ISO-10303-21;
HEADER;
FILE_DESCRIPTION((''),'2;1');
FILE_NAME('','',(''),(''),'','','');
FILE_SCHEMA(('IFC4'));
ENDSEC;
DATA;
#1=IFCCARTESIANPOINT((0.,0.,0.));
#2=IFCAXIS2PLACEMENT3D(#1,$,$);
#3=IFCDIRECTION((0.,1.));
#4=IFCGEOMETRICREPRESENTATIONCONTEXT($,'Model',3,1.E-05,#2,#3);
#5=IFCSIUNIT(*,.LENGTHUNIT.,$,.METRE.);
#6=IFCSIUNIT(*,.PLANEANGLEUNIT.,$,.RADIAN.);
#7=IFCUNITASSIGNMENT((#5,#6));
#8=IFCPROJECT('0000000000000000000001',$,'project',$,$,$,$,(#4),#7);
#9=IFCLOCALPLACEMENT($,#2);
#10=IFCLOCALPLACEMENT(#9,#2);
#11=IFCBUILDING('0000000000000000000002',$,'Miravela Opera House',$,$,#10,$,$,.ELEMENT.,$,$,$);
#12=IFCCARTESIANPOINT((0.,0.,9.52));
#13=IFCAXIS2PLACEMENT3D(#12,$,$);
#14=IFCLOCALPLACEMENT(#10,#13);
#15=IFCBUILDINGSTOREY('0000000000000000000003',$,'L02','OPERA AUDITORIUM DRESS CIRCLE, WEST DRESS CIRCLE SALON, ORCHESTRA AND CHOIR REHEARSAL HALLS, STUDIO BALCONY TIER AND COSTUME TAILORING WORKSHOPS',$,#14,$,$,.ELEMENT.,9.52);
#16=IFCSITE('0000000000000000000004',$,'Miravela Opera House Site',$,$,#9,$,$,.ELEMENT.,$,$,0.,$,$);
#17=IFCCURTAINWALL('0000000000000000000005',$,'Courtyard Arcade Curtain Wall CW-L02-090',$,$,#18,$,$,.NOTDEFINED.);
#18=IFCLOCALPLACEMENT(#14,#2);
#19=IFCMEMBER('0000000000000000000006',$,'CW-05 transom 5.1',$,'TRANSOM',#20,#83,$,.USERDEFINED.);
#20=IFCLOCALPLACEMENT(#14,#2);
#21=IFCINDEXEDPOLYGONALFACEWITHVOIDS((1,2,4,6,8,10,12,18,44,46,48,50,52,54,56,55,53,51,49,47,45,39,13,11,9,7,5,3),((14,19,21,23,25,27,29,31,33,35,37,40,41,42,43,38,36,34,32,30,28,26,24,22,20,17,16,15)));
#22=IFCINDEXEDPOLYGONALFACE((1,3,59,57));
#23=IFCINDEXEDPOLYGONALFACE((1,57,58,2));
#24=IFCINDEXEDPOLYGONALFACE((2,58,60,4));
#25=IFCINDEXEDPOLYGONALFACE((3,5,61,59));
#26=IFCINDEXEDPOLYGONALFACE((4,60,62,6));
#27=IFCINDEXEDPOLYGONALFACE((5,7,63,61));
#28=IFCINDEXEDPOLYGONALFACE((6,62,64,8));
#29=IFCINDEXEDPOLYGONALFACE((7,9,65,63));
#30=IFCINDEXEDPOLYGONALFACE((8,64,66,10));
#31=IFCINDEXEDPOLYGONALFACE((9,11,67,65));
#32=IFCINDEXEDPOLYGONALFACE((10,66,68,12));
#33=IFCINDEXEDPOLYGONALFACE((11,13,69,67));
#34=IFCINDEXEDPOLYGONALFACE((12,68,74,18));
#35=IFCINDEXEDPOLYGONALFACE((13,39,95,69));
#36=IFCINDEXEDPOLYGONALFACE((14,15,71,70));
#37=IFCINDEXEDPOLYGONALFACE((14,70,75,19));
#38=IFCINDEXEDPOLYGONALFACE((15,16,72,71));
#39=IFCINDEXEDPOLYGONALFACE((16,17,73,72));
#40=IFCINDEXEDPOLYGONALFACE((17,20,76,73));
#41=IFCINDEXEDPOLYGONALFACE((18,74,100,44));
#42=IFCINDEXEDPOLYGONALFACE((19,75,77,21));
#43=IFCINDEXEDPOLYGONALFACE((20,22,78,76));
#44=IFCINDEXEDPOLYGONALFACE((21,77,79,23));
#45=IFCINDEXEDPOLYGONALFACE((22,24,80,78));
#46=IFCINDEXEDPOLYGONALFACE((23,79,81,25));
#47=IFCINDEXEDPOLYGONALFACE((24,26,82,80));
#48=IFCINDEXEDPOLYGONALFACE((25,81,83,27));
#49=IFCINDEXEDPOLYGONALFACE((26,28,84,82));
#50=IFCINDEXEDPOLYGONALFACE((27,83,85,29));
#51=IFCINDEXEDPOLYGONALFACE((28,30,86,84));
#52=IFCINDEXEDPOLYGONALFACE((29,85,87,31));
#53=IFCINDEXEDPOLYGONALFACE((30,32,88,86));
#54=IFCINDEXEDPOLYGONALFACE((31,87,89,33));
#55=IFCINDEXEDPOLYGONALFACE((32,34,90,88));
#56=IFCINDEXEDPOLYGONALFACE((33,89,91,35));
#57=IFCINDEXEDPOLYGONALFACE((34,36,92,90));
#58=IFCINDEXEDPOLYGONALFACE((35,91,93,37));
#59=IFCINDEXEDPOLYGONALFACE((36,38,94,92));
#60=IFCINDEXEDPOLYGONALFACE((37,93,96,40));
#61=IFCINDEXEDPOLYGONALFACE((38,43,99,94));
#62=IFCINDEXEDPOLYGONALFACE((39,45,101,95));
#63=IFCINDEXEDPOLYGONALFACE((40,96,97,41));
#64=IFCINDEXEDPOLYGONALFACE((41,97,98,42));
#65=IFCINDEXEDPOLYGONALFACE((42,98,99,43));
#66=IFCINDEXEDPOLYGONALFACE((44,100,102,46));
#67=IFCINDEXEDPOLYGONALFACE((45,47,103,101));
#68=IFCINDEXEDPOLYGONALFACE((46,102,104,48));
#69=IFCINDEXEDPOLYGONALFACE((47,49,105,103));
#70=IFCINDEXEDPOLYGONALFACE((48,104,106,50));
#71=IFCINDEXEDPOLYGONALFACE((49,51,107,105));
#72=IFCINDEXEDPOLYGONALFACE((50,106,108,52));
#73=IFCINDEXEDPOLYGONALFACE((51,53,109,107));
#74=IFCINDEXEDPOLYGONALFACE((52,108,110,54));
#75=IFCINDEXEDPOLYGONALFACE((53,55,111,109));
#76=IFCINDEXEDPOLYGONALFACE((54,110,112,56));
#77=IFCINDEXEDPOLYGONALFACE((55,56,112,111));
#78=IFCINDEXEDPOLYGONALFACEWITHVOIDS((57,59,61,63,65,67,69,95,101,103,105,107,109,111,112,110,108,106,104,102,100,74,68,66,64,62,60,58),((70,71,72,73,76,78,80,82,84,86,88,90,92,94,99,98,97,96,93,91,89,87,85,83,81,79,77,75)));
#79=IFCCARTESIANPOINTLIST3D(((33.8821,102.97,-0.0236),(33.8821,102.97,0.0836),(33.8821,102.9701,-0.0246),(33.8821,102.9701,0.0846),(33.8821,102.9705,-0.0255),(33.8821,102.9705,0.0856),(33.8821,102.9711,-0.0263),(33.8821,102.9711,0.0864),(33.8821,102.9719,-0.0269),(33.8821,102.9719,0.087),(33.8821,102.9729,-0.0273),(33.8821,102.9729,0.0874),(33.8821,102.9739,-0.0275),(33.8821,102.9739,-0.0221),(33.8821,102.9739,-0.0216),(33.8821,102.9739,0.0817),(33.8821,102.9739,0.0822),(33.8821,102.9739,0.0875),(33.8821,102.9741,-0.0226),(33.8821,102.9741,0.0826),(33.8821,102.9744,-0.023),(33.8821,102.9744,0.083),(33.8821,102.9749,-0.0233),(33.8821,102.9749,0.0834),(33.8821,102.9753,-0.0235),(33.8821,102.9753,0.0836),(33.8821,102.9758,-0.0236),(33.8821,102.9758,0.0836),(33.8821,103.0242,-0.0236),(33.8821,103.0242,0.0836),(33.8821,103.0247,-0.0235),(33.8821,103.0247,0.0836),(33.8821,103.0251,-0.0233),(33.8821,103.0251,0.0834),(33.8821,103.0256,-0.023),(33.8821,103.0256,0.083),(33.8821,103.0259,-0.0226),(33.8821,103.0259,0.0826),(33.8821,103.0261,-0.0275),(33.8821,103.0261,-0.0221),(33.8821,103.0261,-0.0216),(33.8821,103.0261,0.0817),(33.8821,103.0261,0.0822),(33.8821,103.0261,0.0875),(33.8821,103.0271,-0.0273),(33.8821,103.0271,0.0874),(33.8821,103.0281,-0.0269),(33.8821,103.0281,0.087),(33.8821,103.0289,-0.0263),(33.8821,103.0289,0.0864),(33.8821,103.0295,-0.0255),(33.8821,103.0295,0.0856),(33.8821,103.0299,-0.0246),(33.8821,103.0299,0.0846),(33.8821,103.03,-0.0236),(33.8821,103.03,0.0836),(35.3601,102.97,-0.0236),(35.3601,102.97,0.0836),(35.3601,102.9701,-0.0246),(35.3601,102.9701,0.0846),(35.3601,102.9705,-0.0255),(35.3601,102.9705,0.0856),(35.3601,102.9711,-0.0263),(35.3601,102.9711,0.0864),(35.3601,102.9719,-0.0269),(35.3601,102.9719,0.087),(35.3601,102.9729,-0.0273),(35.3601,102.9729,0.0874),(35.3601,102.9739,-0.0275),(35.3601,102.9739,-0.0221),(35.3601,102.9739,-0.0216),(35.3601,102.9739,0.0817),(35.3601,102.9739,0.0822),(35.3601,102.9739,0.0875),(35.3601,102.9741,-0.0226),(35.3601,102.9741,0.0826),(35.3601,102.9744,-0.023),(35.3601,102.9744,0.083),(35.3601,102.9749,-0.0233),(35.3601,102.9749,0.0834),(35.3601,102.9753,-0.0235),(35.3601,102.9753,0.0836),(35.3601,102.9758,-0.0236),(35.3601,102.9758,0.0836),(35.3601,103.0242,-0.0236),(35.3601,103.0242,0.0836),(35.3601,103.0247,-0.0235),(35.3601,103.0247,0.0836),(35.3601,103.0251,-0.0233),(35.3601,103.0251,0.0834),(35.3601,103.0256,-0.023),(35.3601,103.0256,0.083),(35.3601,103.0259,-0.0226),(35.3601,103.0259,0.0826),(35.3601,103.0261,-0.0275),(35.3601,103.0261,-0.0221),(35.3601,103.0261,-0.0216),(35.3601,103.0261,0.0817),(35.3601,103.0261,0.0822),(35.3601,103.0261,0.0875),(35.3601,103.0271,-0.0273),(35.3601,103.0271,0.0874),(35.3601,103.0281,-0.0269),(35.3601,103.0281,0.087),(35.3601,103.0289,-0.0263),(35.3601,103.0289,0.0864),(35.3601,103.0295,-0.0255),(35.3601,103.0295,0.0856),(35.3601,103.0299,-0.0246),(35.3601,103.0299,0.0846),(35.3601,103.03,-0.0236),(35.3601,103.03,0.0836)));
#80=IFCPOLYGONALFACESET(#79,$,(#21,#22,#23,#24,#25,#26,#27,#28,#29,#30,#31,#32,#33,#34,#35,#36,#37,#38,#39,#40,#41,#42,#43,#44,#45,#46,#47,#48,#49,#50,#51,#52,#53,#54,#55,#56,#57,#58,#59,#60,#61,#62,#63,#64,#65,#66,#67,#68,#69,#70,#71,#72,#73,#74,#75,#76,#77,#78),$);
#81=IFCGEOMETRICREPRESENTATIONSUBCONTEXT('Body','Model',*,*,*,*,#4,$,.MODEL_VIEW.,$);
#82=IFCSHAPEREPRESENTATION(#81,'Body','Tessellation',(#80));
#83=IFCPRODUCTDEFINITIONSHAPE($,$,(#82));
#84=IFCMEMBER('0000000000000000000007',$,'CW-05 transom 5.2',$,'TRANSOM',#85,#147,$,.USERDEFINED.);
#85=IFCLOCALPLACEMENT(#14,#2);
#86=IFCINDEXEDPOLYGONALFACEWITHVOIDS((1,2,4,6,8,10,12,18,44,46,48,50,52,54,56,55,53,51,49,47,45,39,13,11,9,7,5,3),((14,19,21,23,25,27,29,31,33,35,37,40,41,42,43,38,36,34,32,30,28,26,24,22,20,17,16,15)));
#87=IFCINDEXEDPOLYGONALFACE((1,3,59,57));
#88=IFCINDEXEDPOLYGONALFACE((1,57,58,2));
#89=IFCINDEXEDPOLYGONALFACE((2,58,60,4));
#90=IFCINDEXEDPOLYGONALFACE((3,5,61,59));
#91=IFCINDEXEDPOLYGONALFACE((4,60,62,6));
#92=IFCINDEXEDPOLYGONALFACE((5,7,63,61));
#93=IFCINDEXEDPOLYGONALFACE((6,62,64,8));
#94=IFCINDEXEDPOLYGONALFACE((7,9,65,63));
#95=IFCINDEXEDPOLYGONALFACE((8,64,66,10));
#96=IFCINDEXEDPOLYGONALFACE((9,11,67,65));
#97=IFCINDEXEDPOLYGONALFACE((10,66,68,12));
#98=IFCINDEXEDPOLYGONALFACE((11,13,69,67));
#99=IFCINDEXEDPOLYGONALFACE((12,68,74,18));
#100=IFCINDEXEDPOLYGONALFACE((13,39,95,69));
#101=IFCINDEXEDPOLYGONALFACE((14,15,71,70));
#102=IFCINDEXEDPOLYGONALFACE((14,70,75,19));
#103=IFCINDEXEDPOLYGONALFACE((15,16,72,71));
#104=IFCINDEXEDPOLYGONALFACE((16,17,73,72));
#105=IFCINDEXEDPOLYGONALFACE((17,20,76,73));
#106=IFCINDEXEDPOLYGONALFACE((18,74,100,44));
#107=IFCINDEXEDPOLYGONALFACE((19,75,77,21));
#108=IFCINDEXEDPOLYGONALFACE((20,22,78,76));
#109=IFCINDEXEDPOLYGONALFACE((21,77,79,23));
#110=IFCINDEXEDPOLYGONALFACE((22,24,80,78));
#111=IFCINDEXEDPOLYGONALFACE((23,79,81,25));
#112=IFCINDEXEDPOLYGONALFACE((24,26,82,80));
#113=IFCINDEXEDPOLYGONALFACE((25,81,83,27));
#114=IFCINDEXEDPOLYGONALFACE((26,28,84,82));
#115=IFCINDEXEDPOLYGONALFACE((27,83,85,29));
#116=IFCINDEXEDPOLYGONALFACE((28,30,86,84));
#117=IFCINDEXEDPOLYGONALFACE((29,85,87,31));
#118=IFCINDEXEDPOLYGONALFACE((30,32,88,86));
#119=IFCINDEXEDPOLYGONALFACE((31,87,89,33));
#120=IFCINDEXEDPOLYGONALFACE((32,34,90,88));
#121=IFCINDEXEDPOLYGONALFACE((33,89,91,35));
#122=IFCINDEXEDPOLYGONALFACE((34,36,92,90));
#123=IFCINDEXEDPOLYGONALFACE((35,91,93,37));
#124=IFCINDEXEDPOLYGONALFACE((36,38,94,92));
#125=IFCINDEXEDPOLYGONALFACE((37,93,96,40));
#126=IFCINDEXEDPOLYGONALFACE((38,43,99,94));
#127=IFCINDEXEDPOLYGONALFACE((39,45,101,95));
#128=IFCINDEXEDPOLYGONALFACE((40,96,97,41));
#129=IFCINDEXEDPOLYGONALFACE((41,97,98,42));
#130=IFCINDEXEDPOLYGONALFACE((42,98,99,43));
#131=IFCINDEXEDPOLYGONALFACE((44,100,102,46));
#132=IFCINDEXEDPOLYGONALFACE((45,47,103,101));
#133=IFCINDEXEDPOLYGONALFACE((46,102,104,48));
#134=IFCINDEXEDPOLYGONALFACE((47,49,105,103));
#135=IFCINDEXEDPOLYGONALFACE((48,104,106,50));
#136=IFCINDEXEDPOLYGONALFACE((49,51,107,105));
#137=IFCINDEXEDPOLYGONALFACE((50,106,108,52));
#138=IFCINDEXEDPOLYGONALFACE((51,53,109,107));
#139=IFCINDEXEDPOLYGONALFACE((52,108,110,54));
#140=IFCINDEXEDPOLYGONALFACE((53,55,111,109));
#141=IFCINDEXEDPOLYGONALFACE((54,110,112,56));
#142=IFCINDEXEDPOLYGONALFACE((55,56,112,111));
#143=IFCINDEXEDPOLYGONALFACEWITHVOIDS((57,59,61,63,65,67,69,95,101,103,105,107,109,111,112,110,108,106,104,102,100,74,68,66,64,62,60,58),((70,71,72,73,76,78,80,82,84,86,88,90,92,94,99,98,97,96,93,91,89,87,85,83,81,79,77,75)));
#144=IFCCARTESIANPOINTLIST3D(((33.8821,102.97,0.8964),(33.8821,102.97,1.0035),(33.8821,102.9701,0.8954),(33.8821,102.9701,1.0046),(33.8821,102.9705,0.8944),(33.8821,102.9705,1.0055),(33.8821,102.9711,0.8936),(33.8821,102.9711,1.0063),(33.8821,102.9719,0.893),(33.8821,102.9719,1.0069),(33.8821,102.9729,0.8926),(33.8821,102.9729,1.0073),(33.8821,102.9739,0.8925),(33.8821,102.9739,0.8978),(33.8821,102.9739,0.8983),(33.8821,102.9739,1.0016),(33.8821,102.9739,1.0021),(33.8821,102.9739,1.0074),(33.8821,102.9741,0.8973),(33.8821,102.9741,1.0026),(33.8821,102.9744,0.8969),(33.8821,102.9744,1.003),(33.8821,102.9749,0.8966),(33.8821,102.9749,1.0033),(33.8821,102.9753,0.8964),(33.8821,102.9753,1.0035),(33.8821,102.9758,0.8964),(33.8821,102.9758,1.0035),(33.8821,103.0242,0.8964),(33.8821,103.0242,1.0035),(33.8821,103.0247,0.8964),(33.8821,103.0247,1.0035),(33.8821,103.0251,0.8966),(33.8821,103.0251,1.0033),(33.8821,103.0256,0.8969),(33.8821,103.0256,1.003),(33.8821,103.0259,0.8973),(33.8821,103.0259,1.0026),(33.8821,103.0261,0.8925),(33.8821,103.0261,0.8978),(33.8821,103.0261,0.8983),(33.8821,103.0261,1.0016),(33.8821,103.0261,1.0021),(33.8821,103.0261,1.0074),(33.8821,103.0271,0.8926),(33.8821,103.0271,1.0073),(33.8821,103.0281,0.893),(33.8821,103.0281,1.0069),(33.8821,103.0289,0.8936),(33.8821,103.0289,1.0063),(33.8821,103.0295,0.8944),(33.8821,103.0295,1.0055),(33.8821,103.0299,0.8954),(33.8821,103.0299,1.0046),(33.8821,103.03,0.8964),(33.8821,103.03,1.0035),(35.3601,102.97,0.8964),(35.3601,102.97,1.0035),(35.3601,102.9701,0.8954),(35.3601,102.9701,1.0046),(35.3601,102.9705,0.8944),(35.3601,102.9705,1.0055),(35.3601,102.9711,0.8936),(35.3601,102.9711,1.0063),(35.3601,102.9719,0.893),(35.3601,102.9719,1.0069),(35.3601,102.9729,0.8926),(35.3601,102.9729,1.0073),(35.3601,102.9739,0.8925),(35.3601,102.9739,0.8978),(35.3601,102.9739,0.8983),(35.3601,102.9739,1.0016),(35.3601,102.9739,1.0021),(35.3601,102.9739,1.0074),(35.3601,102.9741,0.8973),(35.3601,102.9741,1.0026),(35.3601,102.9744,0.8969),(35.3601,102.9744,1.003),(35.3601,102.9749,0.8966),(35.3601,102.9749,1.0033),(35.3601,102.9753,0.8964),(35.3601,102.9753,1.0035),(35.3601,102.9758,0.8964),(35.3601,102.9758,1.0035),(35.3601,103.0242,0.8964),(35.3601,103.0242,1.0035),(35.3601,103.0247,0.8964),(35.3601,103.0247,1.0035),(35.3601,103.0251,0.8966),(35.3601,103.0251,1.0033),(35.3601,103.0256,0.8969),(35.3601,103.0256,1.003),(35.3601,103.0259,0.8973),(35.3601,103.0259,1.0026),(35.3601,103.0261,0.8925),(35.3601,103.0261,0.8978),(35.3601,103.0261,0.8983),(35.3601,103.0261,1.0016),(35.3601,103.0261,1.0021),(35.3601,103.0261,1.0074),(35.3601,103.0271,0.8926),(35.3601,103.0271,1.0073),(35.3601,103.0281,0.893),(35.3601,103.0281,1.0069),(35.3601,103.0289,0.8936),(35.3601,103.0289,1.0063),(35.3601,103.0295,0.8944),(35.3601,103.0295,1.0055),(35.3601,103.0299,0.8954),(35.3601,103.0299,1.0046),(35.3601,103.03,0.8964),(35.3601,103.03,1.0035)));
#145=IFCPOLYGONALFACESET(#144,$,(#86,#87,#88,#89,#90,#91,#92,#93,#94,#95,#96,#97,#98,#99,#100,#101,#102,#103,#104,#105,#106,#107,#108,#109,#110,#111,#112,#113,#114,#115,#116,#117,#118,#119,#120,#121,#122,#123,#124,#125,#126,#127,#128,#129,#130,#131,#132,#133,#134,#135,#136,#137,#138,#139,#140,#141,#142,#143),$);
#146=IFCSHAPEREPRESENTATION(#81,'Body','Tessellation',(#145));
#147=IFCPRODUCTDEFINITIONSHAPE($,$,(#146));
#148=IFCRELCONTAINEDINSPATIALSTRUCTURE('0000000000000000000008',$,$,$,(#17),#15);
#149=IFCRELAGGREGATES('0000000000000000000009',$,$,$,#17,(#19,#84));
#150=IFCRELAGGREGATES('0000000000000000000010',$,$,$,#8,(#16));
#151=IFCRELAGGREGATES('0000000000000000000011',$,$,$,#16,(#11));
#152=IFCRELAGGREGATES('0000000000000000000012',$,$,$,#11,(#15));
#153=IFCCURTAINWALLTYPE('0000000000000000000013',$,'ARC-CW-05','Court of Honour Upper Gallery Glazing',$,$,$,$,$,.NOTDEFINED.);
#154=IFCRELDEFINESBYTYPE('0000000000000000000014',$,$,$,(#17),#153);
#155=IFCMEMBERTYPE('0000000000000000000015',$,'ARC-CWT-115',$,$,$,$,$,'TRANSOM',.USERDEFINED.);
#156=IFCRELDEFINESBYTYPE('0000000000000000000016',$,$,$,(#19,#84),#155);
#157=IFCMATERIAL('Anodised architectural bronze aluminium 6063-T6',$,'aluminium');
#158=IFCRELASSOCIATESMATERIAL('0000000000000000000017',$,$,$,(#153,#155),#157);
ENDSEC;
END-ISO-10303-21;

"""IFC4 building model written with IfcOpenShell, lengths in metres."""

from ifc_helpers import new_model, si_unit, direction, frame, origin, origin_2d, place, context, subcontext, project, spatial, hollow_rectangle, extrude, material, material_profile, profile_set, type_object, element, aggregate, save


model = new_model("IFC4")

# Units and contexts
model_context = context("Model", 3, precision=1e-05, world=origin(), true_north=direction((0.0, 1.0)))
body_context = subcontext(model_context, "Body", "Model", "MODEL_VIEW")
ifc_project = project(units=[si_unit("LENGTHUNIT", "METRE"), si_unit("PLANEANGLEUNIT", "RADIAN")], contexts=[model_context])

# Site, building, storey
site_placement = place(None, origin())
site = spatial("IfcSite", under=ifc_project, at=site_placement, Name="Miravela Opera House Site", CompositionType="ELEMENT", RefElevation=0.0)
building_placement = place(site_placement, origin())
building = spatial("IfcBuilding", under=site, at=building_placement, Name="Miravela Opera House", CompositionType="ELEMENT")
storey_placement = place(building_placement, frame((0.0, 0.0, 9.52)))
storey = spatial("IfcBuildingStorey", under=building, at=storey_placement, Name="L02", Description="OPERA AUDITORIUM DRESS CIRCLE, WEST DRESS CIRCLE SALON, ORCHESTRA AND CHOIR REHEARSAL HALLS, STUDIO BALCONY TIER AND COSTUME TAILORING WORKSHOPS", CompositionType="ELEMENT", Elevation=9.52)

# Curtain wall
ifc_material_1 = material(Name="Anodised architectural bronze aluminium 6063-T6", Category="aluminium")
curtain_wall_type = type_object("IfcCurtainWallType", Name="ARC-CW-05", Description="Court of Honour Upper Gallery Glazing", PredefinedType="NOTDEFINED", material=ifc_material_1)
curtain_wall_1_placement = place(storey_placement, origin())
curtain_wall_1 = element("IfcCurtainWall", 1, at=curtain_wall_1_placement, inside=storey, type_object=curtain_wall_type, Name="Courtyard Arcade Curtain Wall CW-L02-090", PredefinedType="NOTDEFINED")

# Members
ifc_material_profile_1 = material_profile(ifc_material_1, hollow_rectangle(XDim=0.0601, YDim=0.115, WallThickness=0.0039, InnerFilletRadius=0.002, OuterFilletRadius=0.0039, at=origin_2d()), Name="CWT-60X115")
ifc_profile_set_1 = profile_set([ifc_material_profile_1])
member_type_1 = type_object("IfcMemberType", Name="ARC-CWT-115", ElementType="TRANSOM", PredefinedType="USERDEFINED", material=ifc_profile_set_1)
member_1_placement = place(storey_placement, frame((33.8821, 103.0, 0.03), z_axis=(1.0, 0.0, 0.0), x_axis=(0.0, 1.0, 0.0)))
member_1 = element("IfcMember", 2, at=member_1_placement, type_object=member_type_1, Name="CW-05 transom 5.1", ObjectType="TRANSOM", PredefinedType="USERDEFINED", context=body_context, shape_type="SweptSolid", body=[
    extrude(hollow_rectangle(XDim=0.0601, YDim=0.115, WallThickness=0.0039, InnerFilletRadius=0.002, OuterFilletRadius=0.0039, at=origin_2d()), origin(), (0.0, 0.0, 1.0), 1.478),
])
member_2_placement = place(storey_placement, frame((33.8821, 103.0, 0.95), z_axis=(1.0, 0.0, 0.0), x_axis=(0.0, 1.0, 0.0)))
member_2 = element("IfcMember", 3, at=member_2_placement, type_object=member_type_1, Name="CW-05 transom 5.2", ObjectType="TRANSOM", PredefinedType="USERDEFINED", context=body_context, shape_type="SweptSolid", body=[
    extrude(hollow_rectangle(XDim=0.0601, YDim=0.115, WallThickness=0.0039, InnerFilletRadius=0.002, OuterFilletRadius=0.0039, at=origin_2d()), origin(), (0.0, 0.0, 1.0), 1.478),
])

aggregate(curtain_wall_1, [member_1, member_2])

save(model, "model.ifc")
